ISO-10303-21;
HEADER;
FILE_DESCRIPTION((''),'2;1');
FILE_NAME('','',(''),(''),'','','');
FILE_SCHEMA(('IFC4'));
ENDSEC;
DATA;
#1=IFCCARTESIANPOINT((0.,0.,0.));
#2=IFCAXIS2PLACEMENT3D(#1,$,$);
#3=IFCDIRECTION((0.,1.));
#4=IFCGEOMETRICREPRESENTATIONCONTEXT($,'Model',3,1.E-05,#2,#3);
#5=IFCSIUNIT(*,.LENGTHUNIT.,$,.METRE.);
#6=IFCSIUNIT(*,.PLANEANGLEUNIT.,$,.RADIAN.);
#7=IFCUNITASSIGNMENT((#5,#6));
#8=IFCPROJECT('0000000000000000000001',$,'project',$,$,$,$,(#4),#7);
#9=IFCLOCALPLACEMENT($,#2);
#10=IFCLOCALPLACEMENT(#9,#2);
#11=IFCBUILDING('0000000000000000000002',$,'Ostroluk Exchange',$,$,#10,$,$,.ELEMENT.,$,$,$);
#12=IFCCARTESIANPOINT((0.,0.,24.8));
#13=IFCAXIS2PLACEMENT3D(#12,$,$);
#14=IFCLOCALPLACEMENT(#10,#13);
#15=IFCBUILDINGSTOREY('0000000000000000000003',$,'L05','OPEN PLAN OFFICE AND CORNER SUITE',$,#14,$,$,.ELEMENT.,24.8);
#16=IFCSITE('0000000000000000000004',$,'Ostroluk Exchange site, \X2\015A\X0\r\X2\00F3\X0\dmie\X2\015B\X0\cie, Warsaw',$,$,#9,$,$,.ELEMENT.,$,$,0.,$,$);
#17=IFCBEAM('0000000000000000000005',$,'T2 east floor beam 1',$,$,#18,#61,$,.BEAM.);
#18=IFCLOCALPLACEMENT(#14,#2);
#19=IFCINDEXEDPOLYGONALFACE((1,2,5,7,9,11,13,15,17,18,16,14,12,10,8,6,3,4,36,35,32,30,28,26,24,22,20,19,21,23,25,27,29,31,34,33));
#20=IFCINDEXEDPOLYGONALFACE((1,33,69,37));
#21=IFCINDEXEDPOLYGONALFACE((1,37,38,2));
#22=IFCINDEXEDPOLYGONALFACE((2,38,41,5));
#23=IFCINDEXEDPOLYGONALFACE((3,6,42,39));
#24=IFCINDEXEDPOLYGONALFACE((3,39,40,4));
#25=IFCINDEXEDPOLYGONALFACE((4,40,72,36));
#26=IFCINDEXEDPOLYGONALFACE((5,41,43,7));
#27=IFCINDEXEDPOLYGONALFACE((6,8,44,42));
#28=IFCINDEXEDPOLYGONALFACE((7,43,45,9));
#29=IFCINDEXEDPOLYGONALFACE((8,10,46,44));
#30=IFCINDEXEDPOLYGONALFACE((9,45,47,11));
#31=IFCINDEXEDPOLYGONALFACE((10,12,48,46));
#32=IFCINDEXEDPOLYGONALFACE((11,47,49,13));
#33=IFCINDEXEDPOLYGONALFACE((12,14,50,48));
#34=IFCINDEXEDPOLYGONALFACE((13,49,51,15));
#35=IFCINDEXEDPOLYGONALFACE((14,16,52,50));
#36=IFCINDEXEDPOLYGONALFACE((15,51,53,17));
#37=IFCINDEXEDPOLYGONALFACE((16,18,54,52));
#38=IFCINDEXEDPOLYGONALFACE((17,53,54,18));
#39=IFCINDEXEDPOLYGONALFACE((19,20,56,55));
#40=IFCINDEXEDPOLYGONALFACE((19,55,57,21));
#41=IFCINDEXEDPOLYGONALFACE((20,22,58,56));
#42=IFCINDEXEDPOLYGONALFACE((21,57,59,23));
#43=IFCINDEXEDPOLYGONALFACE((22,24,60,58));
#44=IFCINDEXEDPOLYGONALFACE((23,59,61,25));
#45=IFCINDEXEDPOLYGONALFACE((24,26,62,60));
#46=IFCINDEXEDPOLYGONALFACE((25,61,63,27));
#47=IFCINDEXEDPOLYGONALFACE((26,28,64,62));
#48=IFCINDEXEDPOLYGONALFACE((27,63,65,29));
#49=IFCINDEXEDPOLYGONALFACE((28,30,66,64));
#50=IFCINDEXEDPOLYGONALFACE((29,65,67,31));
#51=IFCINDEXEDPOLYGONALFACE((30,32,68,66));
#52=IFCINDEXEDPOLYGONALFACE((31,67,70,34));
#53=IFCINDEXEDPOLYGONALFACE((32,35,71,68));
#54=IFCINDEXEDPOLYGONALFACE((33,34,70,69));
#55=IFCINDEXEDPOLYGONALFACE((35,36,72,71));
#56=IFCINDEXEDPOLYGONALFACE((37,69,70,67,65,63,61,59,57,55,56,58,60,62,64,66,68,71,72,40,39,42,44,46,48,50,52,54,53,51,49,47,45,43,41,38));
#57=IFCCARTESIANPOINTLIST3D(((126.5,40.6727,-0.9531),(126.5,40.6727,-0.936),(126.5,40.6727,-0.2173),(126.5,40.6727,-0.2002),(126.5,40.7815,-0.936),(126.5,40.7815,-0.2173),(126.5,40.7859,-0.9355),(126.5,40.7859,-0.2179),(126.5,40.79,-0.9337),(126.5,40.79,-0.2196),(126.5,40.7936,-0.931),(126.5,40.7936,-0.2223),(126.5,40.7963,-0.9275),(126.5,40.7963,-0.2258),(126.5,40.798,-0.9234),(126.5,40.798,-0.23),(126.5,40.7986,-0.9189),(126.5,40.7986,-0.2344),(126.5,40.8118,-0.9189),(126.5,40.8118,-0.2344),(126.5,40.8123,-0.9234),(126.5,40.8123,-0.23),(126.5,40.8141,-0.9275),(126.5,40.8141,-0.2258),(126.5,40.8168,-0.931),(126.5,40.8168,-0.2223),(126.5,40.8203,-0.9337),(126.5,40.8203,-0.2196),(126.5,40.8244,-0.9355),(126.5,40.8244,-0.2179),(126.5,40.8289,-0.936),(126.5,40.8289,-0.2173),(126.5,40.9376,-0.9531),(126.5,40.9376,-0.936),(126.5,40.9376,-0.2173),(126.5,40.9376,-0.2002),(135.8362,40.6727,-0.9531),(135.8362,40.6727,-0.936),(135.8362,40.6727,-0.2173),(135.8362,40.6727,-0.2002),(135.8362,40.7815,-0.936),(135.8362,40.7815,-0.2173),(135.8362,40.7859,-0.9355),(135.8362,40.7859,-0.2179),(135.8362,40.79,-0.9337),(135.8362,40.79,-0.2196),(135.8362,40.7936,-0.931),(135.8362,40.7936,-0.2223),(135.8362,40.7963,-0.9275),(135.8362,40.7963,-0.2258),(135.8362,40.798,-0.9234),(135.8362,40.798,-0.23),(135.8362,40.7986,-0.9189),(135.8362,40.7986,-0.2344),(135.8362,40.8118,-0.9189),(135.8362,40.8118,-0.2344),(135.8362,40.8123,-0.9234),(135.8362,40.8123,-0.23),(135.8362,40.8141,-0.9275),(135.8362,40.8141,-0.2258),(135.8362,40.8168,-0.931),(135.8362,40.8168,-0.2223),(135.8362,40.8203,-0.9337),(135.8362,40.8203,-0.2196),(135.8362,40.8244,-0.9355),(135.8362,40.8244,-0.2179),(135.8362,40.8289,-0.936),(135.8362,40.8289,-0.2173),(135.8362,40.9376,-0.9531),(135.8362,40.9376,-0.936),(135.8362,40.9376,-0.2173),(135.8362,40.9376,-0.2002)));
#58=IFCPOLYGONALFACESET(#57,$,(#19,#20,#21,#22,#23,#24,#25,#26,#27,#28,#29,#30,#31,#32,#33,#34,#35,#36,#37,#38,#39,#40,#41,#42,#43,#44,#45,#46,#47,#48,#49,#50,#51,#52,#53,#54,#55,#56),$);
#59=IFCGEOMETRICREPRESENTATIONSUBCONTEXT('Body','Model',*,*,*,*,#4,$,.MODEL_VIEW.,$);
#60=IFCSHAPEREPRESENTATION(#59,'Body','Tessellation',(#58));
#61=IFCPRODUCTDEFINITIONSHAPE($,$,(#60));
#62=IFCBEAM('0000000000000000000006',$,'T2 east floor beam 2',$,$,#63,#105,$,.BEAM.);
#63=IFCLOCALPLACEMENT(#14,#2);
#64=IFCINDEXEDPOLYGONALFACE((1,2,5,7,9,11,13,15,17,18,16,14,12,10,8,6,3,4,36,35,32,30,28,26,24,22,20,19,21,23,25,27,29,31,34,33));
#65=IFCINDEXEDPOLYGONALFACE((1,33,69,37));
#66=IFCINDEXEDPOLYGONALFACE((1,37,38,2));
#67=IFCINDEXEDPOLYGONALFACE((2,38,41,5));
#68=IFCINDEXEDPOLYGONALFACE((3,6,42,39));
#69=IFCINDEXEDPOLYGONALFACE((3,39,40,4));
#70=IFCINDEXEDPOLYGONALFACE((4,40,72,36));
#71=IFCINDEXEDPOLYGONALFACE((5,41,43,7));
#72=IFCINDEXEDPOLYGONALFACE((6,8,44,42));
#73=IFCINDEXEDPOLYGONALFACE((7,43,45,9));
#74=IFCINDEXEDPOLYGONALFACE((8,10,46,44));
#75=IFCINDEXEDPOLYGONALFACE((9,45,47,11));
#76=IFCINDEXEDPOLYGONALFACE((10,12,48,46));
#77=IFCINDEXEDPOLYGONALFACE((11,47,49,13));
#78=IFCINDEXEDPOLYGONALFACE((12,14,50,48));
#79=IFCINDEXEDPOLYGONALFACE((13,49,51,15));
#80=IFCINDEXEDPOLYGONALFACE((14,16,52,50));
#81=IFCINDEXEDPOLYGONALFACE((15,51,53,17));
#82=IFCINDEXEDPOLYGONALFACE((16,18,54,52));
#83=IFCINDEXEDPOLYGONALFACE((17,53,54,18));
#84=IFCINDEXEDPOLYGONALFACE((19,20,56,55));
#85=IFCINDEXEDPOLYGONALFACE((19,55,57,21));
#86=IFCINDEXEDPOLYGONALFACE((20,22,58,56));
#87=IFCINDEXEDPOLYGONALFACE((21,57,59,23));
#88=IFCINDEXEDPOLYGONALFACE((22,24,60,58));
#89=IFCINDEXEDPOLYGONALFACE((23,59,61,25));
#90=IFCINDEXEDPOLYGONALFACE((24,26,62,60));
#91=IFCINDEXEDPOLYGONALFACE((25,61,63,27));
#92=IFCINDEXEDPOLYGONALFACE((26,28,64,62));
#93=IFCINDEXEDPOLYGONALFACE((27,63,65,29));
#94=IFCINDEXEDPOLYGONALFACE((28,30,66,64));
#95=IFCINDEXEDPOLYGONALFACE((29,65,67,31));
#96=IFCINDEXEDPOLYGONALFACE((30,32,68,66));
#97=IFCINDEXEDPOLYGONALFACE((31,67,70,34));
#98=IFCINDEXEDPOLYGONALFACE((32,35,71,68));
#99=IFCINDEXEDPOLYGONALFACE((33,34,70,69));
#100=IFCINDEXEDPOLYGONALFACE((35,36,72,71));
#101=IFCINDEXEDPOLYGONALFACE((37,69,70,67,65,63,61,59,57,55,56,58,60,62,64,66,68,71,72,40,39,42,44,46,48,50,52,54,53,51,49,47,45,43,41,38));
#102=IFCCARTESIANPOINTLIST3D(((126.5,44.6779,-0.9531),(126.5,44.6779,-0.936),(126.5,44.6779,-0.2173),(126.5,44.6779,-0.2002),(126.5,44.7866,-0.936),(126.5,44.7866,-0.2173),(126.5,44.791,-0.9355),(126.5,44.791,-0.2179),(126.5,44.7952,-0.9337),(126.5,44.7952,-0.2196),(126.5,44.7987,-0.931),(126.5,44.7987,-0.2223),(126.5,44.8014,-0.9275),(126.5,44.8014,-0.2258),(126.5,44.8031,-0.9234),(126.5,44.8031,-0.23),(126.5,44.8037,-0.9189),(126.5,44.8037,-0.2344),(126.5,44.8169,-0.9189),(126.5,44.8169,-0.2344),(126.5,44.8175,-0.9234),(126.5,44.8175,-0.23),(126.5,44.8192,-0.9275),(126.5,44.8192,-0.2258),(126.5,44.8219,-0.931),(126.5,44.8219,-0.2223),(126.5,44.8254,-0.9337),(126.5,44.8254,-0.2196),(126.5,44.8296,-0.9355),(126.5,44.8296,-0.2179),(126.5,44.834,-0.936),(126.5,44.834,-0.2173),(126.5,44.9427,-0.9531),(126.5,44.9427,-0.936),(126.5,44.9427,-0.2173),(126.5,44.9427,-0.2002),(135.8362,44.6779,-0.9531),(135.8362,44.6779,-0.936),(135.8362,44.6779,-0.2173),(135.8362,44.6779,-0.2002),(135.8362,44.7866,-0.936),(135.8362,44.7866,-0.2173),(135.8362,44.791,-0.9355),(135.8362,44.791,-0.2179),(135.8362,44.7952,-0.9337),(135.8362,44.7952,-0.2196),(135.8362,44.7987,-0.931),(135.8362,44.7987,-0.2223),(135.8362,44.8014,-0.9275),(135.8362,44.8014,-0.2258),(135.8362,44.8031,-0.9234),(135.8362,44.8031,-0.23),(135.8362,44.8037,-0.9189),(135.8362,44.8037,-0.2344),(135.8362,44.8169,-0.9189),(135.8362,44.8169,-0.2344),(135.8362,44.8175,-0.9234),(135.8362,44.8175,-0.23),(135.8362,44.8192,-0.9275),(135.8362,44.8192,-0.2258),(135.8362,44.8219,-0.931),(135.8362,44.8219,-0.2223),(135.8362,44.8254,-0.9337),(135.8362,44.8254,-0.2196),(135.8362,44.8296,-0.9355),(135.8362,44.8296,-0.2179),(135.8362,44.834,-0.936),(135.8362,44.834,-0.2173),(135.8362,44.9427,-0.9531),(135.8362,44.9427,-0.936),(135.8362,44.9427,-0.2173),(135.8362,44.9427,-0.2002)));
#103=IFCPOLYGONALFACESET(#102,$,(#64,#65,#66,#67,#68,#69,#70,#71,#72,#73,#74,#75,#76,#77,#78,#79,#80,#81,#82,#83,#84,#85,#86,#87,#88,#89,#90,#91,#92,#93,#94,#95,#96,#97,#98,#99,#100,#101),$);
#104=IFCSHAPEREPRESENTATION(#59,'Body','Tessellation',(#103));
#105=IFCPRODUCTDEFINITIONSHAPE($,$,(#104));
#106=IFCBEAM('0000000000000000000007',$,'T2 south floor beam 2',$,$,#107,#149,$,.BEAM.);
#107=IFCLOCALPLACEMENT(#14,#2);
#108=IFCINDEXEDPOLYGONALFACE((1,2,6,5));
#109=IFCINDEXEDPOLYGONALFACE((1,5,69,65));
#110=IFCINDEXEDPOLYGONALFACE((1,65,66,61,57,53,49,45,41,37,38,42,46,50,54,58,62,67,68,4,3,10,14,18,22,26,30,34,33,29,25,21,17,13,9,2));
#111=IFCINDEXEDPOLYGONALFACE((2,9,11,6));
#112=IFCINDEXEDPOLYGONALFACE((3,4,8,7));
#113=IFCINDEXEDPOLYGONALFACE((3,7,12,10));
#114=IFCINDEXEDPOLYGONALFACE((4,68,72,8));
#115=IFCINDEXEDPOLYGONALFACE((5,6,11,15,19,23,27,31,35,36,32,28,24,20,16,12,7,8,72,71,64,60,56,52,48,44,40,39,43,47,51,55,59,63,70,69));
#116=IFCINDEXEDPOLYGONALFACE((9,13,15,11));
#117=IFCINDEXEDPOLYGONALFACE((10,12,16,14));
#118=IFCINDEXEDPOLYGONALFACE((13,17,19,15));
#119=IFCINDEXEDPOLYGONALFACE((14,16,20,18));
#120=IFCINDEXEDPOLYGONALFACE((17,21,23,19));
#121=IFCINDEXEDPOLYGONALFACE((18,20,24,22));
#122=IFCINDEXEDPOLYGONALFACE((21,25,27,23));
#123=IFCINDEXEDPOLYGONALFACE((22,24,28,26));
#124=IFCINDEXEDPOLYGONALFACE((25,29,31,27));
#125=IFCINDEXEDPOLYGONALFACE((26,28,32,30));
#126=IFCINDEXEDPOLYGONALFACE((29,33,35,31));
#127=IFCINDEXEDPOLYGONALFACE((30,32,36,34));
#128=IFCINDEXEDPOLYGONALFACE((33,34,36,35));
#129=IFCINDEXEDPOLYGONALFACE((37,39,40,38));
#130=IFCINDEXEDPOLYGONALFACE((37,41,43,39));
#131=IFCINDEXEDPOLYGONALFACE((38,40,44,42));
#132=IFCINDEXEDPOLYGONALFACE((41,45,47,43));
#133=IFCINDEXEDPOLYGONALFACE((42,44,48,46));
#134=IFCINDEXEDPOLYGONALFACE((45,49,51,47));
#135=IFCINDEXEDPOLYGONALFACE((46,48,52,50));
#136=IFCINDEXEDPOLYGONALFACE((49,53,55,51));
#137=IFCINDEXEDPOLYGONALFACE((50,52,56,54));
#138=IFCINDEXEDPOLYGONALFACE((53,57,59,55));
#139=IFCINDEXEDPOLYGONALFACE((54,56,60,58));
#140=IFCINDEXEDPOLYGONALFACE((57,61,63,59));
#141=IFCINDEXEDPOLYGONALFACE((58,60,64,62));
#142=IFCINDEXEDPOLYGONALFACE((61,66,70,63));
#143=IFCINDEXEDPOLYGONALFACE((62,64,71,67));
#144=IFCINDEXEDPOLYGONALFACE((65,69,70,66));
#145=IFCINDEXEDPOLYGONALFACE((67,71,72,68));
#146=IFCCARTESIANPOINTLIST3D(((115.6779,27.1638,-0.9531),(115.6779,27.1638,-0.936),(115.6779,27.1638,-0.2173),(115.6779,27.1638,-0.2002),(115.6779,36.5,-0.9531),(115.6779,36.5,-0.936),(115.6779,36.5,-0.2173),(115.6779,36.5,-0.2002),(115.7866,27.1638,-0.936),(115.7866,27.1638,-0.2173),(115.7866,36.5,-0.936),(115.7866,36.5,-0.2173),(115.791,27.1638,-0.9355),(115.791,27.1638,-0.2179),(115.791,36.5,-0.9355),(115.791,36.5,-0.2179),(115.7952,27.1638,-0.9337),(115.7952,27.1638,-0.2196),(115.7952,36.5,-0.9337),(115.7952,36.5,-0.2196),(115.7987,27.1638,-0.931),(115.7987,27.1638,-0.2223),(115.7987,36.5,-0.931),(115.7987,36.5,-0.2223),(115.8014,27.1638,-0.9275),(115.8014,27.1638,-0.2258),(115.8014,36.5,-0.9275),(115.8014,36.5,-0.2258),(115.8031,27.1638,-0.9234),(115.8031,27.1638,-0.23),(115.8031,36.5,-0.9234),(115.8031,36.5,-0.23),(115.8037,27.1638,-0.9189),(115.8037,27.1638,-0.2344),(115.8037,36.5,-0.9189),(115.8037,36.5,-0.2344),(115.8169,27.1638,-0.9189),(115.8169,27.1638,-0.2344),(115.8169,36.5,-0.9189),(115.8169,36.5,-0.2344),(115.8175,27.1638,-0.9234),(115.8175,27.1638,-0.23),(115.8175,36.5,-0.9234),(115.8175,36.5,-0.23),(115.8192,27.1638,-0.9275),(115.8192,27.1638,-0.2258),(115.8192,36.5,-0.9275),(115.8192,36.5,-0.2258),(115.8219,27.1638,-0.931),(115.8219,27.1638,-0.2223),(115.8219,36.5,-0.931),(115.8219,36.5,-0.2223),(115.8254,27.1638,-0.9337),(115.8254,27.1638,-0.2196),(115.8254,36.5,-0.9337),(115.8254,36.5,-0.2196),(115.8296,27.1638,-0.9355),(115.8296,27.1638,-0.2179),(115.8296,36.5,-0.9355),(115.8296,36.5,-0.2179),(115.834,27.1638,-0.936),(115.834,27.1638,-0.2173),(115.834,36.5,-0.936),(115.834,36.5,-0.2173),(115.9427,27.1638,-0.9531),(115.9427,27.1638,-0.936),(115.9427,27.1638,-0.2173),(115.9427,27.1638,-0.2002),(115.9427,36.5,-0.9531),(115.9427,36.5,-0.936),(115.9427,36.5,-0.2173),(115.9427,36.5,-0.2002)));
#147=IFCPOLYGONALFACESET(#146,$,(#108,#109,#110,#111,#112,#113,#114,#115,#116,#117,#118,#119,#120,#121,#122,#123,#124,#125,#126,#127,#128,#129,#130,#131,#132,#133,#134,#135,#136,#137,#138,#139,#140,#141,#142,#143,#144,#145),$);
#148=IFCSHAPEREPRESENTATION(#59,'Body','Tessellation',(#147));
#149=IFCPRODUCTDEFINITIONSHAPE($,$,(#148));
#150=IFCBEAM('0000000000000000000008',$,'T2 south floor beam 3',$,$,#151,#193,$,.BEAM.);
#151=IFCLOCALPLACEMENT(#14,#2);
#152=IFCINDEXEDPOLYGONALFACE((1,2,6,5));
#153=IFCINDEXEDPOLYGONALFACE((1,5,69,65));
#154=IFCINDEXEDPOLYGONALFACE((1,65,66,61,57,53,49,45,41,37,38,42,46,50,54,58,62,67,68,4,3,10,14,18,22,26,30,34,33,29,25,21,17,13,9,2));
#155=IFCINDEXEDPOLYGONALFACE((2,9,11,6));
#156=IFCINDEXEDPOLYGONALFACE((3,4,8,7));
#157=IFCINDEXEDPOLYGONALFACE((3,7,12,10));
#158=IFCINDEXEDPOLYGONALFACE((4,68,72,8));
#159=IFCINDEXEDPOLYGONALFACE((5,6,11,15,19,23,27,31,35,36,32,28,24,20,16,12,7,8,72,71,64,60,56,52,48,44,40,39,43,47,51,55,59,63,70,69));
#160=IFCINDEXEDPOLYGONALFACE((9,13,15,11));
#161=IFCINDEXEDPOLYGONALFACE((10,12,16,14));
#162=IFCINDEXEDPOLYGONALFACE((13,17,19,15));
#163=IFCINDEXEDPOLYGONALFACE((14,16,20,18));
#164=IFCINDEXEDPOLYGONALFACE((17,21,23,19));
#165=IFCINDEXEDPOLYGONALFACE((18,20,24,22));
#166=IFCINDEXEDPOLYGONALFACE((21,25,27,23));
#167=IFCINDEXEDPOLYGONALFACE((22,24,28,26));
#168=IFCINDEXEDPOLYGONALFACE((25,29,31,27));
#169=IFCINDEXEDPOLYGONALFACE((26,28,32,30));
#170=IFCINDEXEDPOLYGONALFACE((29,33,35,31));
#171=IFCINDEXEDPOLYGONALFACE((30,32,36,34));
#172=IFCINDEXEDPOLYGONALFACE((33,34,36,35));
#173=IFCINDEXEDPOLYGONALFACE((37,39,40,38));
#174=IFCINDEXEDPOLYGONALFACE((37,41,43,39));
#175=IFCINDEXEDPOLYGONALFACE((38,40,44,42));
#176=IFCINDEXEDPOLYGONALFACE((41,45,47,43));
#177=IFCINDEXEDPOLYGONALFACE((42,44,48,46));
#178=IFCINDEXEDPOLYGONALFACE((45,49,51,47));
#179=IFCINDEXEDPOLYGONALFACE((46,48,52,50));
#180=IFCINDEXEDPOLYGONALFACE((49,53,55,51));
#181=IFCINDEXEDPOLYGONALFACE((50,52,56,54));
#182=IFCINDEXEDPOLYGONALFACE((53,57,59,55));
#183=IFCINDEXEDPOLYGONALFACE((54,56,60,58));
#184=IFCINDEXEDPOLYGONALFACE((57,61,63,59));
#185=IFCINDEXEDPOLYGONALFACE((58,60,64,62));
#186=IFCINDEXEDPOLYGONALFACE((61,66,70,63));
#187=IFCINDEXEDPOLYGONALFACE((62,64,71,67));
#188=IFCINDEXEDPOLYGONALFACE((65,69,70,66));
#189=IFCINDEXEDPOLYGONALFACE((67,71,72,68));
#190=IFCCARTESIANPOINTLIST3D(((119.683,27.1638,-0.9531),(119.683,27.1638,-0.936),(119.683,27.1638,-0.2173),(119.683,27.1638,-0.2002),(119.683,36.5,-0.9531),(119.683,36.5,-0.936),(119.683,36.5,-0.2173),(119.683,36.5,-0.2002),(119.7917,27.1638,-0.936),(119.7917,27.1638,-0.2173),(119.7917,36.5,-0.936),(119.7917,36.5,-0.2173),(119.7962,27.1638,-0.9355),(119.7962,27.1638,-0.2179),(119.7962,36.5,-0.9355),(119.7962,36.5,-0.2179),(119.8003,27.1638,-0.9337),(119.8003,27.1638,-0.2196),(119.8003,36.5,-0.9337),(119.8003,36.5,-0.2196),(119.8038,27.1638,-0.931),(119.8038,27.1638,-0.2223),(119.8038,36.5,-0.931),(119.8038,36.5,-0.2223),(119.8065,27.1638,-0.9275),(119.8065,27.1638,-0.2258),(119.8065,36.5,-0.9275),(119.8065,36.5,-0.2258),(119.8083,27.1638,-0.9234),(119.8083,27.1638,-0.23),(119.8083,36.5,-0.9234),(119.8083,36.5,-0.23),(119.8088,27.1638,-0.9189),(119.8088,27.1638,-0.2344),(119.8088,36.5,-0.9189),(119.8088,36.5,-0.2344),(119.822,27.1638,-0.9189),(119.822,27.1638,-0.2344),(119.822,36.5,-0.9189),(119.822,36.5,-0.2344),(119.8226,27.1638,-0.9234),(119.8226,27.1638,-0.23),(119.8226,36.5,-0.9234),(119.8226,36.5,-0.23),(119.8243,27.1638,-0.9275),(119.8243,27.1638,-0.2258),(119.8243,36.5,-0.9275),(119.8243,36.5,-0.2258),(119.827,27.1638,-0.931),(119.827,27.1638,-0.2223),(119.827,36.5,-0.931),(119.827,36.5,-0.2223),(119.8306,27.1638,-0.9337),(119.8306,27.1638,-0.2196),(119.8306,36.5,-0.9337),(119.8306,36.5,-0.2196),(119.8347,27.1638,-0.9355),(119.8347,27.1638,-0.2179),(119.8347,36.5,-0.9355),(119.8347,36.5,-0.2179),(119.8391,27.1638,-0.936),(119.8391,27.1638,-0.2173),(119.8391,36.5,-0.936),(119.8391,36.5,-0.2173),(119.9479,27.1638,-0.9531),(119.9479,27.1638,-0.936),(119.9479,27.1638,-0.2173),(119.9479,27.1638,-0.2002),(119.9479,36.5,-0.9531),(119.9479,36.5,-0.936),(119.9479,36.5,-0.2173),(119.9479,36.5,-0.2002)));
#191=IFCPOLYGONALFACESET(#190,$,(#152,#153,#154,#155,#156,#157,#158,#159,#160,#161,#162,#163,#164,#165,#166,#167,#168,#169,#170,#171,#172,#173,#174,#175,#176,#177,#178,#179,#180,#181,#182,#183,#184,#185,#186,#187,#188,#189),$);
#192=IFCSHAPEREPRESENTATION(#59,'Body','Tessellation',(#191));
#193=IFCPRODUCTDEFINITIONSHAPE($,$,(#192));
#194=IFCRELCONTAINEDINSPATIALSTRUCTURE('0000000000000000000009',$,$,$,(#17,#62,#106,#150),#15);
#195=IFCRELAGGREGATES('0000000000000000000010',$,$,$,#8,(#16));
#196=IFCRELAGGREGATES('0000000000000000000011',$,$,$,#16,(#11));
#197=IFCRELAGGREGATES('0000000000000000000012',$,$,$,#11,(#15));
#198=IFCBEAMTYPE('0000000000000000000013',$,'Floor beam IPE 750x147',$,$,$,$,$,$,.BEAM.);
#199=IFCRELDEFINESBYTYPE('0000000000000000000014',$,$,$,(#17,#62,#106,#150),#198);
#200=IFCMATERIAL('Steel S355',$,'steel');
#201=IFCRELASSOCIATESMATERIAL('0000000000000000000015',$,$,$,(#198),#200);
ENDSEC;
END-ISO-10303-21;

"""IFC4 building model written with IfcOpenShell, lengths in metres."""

from ifc_helpers import new_model, si_unit, direction, frame, origin, origin_2d, place, context, subcontext, project, spatial, i_section, extrude, material, material_profile, profile_set, type_object, element, save


model = new_model("IFC4")

# Units and contexts
model_context = context("Model", 3, precision=1e-05, world=origin(), true_north=direction((0.0, 1.0)))
body_context = subcontext(model_context, "Body", "Model", "MODEL_VIEW")
ifc_project = project(units=[si_unit("LENGTHUNIT", "METRE"), si_unit("PLANEANGLEUNIT", "RADIAN")], contexts=[model_context])

# Site, building, storey
site_placement = place(None, origin())
site = spatial("IfcSite", under=ifc_project, at=site_placement, Name="Ostroluk Exchange site, Śródmieście, Warsaw", CompositionType="ELEMENT", RefElevation=0.0)
building_placement = place(site_placement, origin())
building = spatial("IfcBuilding", under=site, at=building_placement, Name="Ostroluk Exchange", CompositionType="ELEMENT")
storey_placement = place(building_placement, frame((0.0, 0.0, 24.8)))
storey = spatial("IfcBuildingStorey", under=building, at=storey_placement, Name="L05", Description="OPEN PLAN OFFICE AND CORNER SUITE", CompositionType="ELEMENT", Elevation=24.8)

# Beams
ifc_material_1 = material(Name="Steel S355", Category="steel")
ifc_material_profile_1 = material_profile(ifc_material_1, i_section(OverallWidth=0.2649, OverallDepth=0.7529, WebThickness=0.0132, FlangeThickness=0.0171, FilletRadius=0.0171, at=origin_2d()), Name="IPE 750x147")
ifc_profile_set_1 = profile_set([ifc_material_profile_1], Name="Steel S355")
beam_type_1 = type_object("IfcBeamType", Name="Floor beam IPE 750x147", PredefinedType="BEAM", material=ifc_profile_set_1)
for number, where, z_axis, x_axis, name in (
    (1, (126.5, 40.8052, -0.5767), (1.0, 0.0, 0.0), (0.0, 1.0, 0.0), "T2 east floor beam 1"),
    (2, (126.5, 44.8103, -0.5767), (1.0, 0.0, 0.0), (0.0, 1.0, 0.0), "T2 east floor beam 2"),
    (3, (115.8103, 36.5, -0.5767), (0.0, -1.0, 0.0), (1.0, 0.0, 0.0), "T2 south floor beam 2"),
    (4, (119.8154, 36.5, -0.5767), (0.0, -1.0, 0.0), (1.0, 0.0, 0.0), "T2 south floor beam 3"),
):
    element("IfcBeam", number, at=place(storey_placement, frame(where, z_axis=z_axis, x_axis=x_axis)), inside=storey, type_object=beam_type_1, Name=name, PredefinedType="BEAM", context=body_context, shape_type="SweptSolid", body=[
        extrude(i_section(OverallWidth=0.2649, OverallDepth=0.7529, WebThickness=0.0132, FlangeThickness=0.0171, FilletRadius=0.0171, at=origin_2d()), origin(), (0.0, 0.0, 1.0), 9.3362),
    ])

save(model, "model.ifc")
